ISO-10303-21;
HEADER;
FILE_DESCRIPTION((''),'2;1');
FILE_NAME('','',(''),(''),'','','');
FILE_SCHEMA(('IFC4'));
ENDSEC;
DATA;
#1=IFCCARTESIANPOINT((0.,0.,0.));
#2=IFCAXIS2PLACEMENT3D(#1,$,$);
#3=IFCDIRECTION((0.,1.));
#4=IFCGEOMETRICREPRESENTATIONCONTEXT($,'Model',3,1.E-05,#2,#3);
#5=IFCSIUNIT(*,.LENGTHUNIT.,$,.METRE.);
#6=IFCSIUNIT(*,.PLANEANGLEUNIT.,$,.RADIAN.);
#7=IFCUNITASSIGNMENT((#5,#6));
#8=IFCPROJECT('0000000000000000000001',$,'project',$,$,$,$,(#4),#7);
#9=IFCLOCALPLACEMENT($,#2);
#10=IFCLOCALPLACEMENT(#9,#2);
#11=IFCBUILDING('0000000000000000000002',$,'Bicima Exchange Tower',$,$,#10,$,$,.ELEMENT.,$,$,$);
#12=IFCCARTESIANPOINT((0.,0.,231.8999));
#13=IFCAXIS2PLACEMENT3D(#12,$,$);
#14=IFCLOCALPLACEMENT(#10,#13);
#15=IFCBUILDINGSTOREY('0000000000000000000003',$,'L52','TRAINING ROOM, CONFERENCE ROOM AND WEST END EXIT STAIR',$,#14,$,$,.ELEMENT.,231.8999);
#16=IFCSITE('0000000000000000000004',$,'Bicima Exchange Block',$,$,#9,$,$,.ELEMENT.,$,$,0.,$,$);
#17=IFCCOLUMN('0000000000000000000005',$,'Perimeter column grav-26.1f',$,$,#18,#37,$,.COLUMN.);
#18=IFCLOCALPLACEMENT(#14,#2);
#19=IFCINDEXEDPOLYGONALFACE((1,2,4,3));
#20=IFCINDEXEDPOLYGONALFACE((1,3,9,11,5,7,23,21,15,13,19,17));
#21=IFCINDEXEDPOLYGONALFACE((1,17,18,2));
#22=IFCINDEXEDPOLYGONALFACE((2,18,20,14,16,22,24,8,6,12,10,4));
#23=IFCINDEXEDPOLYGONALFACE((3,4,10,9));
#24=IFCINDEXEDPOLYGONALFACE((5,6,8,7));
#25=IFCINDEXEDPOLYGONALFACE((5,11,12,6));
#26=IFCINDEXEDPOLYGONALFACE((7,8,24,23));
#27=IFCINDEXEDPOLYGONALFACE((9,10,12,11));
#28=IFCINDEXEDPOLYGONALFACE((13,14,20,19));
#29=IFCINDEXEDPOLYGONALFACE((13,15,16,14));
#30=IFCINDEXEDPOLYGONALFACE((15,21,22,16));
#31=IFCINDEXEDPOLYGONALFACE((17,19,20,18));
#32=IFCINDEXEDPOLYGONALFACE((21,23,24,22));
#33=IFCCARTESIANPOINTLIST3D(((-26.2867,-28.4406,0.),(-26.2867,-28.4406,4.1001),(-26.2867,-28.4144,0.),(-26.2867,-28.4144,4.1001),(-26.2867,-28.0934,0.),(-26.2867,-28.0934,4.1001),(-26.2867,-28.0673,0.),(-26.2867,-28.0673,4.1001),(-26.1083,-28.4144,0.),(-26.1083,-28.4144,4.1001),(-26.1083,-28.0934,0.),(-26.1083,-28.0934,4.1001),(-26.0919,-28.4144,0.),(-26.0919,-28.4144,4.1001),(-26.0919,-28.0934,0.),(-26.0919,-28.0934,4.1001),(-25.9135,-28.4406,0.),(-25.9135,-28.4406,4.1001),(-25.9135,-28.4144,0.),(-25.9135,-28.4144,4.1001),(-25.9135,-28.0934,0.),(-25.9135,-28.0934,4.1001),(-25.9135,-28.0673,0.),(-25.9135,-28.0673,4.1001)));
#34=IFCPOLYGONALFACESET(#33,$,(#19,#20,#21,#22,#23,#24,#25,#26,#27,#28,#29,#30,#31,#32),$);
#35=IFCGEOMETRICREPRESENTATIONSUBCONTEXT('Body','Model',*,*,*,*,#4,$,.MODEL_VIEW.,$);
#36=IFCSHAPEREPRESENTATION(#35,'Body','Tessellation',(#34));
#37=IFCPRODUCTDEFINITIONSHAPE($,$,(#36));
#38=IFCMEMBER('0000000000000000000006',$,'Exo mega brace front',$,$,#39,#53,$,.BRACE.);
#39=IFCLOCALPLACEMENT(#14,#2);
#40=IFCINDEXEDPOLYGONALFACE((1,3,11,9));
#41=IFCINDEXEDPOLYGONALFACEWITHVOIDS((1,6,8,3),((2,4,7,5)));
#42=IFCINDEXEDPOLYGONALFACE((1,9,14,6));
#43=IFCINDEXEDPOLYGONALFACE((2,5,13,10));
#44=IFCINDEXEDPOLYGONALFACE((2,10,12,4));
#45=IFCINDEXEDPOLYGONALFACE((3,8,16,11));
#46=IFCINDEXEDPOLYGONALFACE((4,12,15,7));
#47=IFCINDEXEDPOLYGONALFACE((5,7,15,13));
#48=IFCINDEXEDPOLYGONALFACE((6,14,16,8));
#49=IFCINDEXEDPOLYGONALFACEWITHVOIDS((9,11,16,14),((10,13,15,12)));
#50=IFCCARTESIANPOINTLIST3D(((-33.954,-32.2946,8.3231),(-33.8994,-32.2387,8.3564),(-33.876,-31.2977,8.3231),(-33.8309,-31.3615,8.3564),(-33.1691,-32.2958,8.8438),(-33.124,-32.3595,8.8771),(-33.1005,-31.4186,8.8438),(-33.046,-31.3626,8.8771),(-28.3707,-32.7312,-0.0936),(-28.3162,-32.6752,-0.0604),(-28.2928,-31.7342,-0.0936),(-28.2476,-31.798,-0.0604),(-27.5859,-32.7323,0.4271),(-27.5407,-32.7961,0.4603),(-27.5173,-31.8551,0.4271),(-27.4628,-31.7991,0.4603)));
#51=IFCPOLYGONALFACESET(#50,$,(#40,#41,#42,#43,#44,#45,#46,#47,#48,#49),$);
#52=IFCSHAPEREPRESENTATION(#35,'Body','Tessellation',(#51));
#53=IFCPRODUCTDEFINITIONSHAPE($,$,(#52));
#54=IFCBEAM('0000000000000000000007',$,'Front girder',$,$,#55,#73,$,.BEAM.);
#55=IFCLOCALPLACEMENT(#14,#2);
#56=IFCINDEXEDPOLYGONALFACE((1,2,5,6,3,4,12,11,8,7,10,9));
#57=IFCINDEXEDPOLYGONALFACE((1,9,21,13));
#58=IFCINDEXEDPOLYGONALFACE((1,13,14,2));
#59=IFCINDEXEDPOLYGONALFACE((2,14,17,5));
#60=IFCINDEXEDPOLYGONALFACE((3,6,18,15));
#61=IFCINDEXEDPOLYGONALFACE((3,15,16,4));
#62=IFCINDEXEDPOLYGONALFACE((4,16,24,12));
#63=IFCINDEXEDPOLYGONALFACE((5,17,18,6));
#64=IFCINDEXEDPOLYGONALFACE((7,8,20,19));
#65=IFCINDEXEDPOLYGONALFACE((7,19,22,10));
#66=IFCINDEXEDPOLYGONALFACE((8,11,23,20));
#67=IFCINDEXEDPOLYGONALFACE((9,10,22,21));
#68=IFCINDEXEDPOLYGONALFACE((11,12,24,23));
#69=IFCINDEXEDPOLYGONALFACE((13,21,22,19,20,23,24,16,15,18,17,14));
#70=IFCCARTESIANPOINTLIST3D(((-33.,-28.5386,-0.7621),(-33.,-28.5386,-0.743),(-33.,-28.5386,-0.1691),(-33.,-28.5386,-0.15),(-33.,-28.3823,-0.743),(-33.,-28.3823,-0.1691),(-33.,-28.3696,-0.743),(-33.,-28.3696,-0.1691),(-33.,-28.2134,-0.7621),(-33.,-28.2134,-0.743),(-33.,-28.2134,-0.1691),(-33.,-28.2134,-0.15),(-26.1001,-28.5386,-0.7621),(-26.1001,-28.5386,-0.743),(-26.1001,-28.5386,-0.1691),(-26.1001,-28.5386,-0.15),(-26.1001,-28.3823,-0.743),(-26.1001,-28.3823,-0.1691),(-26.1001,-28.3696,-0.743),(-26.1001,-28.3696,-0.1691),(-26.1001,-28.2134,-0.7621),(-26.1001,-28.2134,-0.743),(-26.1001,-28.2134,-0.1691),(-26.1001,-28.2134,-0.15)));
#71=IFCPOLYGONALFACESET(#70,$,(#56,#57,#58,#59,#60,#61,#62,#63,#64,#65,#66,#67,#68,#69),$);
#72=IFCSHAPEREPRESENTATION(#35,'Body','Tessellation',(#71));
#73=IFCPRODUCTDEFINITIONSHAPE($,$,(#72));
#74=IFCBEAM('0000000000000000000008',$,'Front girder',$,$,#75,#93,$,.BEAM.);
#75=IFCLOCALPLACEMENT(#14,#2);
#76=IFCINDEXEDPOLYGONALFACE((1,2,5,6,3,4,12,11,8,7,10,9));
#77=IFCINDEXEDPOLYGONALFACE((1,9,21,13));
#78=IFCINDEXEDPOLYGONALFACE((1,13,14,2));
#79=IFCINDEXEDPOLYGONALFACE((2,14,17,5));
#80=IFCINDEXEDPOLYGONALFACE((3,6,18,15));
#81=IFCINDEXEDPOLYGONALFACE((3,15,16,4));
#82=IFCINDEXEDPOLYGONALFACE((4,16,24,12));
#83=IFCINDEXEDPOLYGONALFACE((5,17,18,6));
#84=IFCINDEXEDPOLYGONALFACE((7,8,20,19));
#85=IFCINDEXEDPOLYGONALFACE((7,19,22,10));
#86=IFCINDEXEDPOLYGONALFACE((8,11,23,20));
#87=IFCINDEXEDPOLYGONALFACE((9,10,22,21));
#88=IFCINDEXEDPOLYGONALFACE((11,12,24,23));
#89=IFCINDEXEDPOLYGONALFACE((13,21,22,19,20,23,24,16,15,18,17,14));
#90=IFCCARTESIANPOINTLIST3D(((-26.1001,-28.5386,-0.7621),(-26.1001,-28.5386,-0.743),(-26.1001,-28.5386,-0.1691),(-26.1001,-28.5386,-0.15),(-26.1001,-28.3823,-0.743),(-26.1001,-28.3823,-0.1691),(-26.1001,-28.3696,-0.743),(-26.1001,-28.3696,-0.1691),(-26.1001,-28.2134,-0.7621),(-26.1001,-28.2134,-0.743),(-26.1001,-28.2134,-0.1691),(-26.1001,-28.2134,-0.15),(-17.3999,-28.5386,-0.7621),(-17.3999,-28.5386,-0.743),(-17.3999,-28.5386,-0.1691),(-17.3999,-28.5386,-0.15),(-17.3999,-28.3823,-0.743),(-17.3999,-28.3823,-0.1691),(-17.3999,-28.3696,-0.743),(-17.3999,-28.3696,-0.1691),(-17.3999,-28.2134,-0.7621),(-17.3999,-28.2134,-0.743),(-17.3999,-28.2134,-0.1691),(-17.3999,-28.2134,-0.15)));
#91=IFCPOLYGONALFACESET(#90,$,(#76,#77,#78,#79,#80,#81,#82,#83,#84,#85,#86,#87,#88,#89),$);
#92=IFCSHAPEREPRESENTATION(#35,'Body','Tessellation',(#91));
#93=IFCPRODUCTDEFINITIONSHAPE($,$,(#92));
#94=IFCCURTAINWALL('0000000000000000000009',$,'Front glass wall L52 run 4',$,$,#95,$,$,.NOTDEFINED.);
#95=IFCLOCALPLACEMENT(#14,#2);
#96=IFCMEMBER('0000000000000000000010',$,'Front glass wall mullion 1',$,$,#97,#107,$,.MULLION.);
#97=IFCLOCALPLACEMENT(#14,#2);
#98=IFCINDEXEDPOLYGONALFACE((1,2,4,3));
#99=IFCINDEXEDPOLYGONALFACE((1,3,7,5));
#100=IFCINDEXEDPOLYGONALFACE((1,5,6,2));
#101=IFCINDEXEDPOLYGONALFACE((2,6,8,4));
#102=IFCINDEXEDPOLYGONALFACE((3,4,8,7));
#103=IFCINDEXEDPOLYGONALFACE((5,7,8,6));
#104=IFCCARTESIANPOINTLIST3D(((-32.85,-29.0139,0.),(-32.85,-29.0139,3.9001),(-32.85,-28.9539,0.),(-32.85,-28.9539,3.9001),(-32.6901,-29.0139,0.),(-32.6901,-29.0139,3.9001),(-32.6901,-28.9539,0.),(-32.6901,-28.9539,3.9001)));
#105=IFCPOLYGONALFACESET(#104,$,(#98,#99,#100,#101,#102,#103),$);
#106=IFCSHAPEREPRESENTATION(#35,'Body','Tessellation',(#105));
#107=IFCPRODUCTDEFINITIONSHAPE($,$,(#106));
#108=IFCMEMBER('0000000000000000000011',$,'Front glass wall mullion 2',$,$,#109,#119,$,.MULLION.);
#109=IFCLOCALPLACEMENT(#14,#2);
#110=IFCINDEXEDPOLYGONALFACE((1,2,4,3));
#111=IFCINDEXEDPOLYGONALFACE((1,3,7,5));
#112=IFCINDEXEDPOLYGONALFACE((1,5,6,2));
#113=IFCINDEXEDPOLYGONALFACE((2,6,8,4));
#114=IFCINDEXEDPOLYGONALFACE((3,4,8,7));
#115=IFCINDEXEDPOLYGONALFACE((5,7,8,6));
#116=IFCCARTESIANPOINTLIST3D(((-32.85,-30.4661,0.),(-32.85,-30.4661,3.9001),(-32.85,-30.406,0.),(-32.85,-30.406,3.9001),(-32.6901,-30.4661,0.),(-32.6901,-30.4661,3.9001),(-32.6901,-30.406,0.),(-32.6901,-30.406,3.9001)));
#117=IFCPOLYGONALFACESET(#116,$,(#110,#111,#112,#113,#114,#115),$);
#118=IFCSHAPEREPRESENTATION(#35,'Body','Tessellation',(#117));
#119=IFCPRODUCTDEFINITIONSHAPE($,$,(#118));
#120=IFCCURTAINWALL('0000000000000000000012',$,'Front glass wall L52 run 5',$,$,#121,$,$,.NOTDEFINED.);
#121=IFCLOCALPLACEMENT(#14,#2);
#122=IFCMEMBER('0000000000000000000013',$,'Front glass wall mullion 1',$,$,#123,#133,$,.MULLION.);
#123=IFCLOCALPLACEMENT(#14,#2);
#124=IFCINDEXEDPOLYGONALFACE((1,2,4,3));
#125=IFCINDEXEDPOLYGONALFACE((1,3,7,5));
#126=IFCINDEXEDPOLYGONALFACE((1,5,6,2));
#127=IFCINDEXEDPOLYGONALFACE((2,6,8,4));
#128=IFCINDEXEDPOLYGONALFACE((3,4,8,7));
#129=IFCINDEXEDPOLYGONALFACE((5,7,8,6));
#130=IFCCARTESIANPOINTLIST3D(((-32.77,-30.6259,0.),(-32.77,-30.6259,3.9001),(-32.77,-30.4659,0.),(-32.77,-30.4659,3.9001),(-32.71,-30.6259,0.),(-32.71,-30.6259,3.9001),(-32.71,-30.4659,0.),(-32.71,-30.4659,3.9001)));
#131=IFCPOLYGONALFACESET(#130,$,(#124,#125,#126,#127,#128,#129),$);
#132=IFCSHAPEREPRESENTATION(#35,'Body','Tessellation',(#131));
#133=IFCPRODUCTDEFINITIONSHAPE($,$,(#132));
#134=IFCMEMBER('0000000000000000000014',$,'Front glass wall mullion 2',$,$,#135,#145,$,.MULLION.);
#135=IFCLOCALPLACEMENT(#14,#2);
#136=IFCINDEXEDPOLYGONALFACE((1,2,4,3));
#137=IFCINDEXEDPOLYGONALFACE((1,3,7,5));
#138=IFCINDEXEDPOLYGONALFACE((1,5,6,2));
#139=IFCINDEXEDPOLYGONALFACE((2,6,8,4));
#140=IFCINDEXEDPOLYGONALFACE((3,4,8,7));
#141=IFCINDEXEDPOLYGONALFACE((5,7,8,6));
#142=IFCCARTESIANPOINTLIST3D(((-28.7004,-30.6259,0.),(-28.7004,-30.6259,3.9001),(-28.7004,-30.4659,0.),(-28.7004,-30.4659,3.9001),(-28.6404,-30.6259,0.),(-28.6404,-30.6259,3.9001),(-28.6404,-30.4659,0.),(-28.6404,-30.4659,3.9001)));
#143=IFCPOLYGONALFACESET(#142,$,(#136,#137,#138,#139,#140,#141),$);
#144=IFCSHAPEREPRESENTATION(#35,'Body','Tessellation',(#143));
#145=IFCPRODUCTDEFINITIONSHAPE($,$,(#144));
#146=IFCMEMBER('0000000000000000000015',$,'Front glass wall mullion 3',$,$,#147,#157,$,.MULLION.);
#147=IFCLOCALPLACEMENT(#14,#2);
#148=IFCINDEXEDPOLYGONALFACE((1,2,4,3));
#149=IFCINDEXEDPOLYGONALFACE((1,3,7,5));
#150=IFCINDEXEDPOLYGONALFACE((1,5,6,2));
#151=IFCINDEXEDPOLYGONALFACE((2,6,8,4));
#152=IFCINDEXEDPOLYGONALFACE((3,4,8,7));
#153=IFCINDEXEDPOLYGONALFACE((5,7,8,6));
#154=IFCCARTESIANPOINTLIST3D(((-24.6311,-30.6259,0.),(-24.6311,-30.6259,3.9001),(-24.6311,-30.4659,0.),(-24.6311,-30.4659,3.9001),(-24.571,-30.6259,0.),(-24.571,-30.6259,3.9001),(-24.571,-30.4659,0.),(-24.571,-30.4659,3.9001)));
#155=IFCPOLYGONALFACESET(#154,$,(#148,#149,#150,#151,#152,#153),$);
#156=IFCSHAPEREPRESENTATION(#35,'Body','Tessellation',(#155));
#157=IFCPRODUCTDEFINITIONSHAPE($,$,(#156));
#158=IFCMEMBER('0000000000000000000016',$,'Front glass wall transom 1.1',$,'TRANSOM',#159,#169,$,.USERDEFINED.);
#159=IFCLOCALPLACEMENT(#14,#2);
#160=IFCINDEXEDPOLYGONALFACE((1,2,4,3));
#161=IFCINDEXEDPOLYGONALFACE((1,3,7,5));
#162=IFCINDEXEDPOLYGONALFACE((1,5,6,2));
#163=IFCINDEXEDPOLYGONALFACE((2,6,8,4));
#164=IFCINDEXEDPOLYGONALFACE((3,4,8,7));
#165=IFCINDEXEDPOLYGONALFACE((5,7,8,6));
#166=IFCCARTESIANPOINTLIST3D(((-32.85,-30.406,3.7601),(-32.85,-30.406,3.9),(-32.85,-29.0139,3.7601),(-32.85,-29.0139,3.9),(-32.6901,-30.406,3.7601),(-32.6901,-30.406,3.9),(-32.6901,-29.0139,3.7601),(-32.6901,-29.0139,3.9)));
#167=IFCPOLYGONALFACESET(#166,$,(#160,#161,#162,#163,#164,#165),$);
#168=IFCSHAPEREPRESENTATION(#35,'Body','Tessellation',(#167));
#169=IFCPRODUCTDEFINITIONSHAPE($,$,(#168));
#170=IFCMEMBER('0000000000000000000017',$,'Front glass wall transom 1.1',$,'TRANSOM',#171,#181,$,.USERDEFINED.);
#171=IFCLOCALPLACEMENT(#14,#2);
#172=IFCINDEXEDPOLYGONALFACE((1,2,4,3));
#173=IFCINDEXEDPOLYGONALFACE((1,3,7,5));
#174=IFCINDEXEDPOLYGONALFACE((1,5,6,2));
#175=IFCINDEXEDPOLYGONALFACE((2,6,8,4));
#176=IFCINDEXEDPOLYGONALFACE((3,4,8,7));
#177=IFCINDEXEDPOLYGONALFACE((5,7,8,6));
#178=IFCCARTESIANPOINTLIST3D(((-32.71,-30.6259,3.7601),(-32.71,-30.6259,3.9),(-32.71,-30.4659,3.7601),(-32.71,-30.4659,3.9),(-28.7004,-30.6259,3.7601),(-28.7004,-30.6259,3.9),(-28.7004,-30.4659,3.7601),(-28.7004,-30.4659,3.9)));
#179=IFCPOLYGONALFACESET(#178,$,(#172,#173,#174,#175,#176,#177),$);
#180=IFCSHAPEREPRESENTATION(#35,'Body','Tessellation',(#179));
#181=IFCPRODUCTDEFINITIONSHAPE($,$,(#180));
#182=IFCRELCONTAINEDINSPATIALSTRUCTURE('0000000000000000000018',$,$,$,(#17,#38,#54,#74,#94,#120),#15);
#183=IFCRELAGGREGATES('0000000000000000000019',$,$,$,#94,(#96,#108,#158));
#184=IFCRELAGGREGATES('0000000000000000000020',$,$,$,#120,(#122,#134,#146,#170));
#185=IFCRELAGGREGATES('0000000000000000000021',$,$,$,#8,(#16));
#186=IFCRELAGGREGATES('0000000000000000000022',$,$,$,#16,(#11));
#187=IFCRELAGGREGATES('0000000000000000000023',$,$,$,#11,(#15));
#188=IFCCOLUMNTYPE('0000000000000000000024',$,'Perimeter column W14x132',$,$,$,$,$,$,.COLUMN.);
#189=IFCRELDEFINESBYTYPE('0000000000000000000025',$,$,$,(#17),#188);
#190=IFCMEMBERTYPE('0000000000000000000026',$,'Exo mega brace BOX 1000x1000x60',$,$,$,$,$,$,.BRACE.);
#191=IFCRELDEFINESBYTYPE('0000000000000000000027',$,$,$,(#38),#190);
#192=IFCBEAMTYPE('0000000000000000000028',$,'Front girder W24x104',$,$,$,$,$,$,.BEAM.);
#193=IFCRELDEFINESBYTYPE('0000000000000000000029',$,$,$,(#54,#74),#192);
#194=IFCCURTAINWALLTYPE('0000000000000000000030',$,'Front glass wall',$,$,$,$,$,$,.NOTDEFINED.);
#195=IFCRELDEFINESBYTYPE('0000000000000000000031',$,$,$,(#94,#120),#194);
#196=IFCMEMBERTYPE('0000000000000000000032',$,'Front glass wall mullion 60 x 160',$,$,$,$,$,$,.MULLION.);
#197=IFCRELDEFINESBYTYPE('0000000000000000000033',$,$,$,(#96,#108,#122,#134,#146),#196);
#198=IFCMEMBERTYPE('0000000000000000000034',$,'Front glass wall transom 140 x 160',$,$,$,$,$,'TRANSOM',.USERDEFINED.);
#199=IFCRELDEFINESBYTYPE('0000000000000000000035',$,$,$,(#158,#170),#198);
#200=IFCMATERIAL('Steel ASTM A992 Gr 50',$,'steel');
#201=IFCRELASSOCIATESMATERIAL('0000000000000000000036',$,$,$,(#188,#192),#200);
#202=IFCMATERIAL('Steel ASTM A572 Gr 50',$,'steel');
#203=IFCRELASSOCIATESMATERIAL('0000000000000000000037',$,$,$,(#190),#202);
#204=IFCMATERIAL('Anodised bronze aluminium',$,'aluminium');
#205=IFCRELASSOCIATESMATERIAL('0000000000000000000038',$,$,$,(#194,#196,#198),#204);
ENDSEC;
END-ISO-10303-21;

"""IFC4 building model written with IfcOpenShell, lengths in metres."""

from ifc_helpers import new_model, si_unit, direction, frame, origin, origin_2d, place, context, subcontext, project, spatial, rectangle, hollow_rectangle, i_section, extrude, material, material_profile, profile_set, type_object, element, aggregate, save


model = new_model("IFC4")

# Units and contexts
model_context = context("Model", 3, precision=1e-05, world=origin(), true_north=direction((0.0, 1.0)))
body_context = subcontext(model_context, "Body", "Model", "MODEL_VIEW")
ifc_project = project(units=[si_unit("LENGTHUNIT", "METRE"), si_unit("PLANEANGLEUNIT", "RADIAN")], contexts=[model_context])

# Site, building, storey
site_placement = place(None, origin())
site = spatial("IfcSite", under=ifc_project, at=site_placement, Name="Bicima Exchange Block", CompositionType="ELEMENT", RefElevation=0.0)
building_placement = place(site_placement, origin())
building = spatial("IfcBuilding", under=site, at=building_placement, Name="Bicima Exchange Tower", CompositionType="ELEMENT")
storey_placement = place(building_placement, frame((0.0, 0.0, 231.8999)))
storey = spatial("IfcBuildingStorey", under=building, at=storey_placement, Name="L52", Description="TRAINING ROOM, CONFERENCE ROOM AND WEST END EXIT STAIR", CompositionType="ELEMENT", Elevation=231.8999)

# Column
ifc_material_1 = material(Name="Steel ASTM A992 Gr 50", Category="steel")
ifc_material_profile_1 = material_profile(ifc_material_1, i_section(OverallWidth=0.3733, OverallDepth=0.3733, WebThickness=0.0164, FlangeThickness=0.0261, at=origin_2d()))
ifc_profile_set_1 = profile_set([ifc_material_profile_1], Name="Steel ASTM A992 Gr 50")
column_type = type_object("IfcColumnType", Name="Perimeter column W14x132", PredefinedType="COLUMN", material=ifc_profile_set_1)
column_placement = place(storey_placement, frame((-26.1001, -28.2539, 0.0), z_axis=(0.0, 0.0, 1.0), x_axis=(1.0, 0.0, 0.0)))
element("IfcColumn", 1, at=column_placement, inside=storey, type_object=column_type, Name="Perimeter column grav-26.1f", PredefinedType="COLUMN", context=body_context, shape_type="SweptSolid", body=[
    extrude(i_section(OverallWidth=0.3733, OverallDepth=0.3733, WebThickness=0.0164, FlangeThickness=0.0261, at=origin_2d()), origin(), (0.0, 0.0, 1.0), 4.1001),
])

# Member
ifc_material_2 = material(Name="Steel ASTM A572 Gr 50", Category="steel")
ifc_material_profile_2 = material_profile(ifc_material_2, hollow_rectangle(XDim=1.0, YDim=1.0, WallThickness=0.0601, at=origin_2d()))
ifc_profile_set_2 = profile_set([ifc_material_profile_2], Name="Steel ASTM A572 Gr 50")
member_type_1 = type_object("IfcMemberType", Name="Exo mega brace BOX 1000x1000x60", PredefinedType="BRACE", material=ifc_profile_set_2)
member_1_placement = place(storey_placement, frame((-27.9167, -32.2651, 0.1833), z_axis=(-0.55227, 0.043179, 0.832546), x_axis=(-0.077947, -0.996958, 0.0)))
element("IfcMember", 2, at=member_1_placement, inside=storey, type_object=member_type_1, Name="Exo mega brace front", PredefinedType="BRACE", context=body_context, shape_type="SweptSolid", body=[
    extrude(hollow_rectangle(XDim=1.0, YDim=1.0, WallThickness=0.0601, at=origin_2d()), origin(), (0.0, 0.0, 1.0), 10.1096),
])

# Beams
ifc_material_profile_3 = material_profile(ifc_material_1, i_section(OverallWidth=0.3252, OverallDepth=0.6121, WebThickness=0.0127, FlangeThickness=0.019, at=origin_2d()))
ifc_profile_set_3 = profile_set([ifc_material_profile_3], Name="Steel ASTM A992 Gr 50")
beam_type = type_object("IfcBeamType", Name="Front girder W24x104", PredefinedType="BEAM", material=ifc_profile_set_3)
beam_1_placement = place(storey_placement, frame((-33.0, -28.376, -0.4561), z_axis=(1.0, 0.0, 0.0), x_axis=(0.0, 1.0, 0.0)))
element("IfcBeam", 3, at=beam_1_placement, inside=storey, type_object=beam_type, Name="Front girder", PredefinedType="BEAM", context=body_context, shape_type="SweptSolid", body=[
    extrude(i_section(OverallWidth=0.3252, OverallDepth=0.6121, WebThickness=0.0127, FlangeThickness=0.019, at=origin_2d()), origin(), (0.0, 0.0, 1.0), 6.8999),
])
beam_2_placement = place(storey_placement, frame((-26.1001, -28.376, -0.4561), z_axis=(1.0, 0.0, 0.0), x_axis=(0.0, 1.0, 0.0)))
element("IfcBeam", 4, at=beam_2_placement, inside=storey, type_object=beam_type, Name="Front girder", PredefinedType="BEAM", context=body_context, shape_type="SweptSolid", body=[
    extrude(i_section(OverallWidth=0.3252, OverallDepth=0.6121, WebThickness=0.0127, FlangeThickness=0.019, at=origin_2d()), origin(), (0.0, 0.0, 1.0), 8.7002),
])

# Curtain walls, members
ifc_material_3 = material(Name="Anodised bronze aluminium", Category="aluminium")
curtain_wall_type = type_object("IfcCurtainWallType", Name="Front glass wall", PredefinedType="NOTDEFINED", material=ifc_material_3)
curtain_wall_1_placement = place(storey_placement, origin())
curtain_wall_1 = element("IfcCurtainWall", 5, at=curtain_wall_1_placement, inside=storey, type_object=curtain_wall_type, Name="Front glass wall L52 run 4", PredefinedType="NOTDEFINED")
ifc_material_profile_4 = material_profile(ifc_material_3, rectangle(XDim=0.1599, YDim=0.0601, at=origin_2d()))
ifc_profile_set_4 = profile_set([ifc_material_profile_4], Name="Anodised bronze aluminium")
member_type_2 = type_object("IfcMemberType", Name="Front glass wall mullion 60 x 160", PredefinedType="MULLION", material=ifc_profile_set_4)
member_2_placement = place(storey_placement, frame((-32.77, -28.9839, 0.0), z_axis=(0.0, 0.0, 1.0), x_axis=(1.0, 0.0, 0.0)))
member_2 = element("IfcMember", 6, at=member_2_placement, type_object=member_type_2, Name="Front glass wall mullion 1", PredefinedType="MULLION", context=body_context, shape_type="SweptSolid", body=[
    extrude(rectangle(XDim=0.1599, YDim=0.0601, at=origin_2d()), origin(), (0.0, 0.0, 1.0), 3.9001),
])
member_3_placement = place(storey_placement, frame((-32.77, -30.436, 0.0), z_axis=(0.0, 0.0, 1.0), x_axis=(1.0, 0.0, 0.0)))
member_3 = element("IfcMember", 7, at=member_3_placement, type_object=member_type_2, Name="Front glass wall mullion 2", PredefinedType="MULLION", context=body_context, shape_type="SweptSolid", body=[
    extrude(rectangle(XDim=0.1599, YDim=0.0601, at=origin_2d()), origin(), (0.0, 0.0, 1.0), 3.9001),
])
curtain_wall_2_placement = place(storey_placement, origin())
curtain_wall_2 = element("IfcCurtainWall", 8, at=curtain_wall_2_placement, inside=storey, type_object=curtain_wall_type, Name="Front glass wall L52 run 5", PredefinedType="NOTDEFINED")
member_4_placement = place(storey_placement, frame((-32.74, -30.5459, 0.0), z_axis=(0.0, 0.0, 1.0), x_axis=(0.0, 1.0, 0.0)))
member_4 = element("IfcMember", 9, at=member_4_placement, type_object=member_type_2, Name="Front glass wall mullion 1", PredefinedType="MULLION", context=body_context, shape_type="SweptSolid", body=[
    extrude(rectangle(XDim=0.1599, YDim=0.0601, at=origin_2d()), origin(), (0.0, 0.0, 1.0), 3.9001),
])
member_5_placement = place(storey_placement, frame((-28.6704, -30.5459, 0.0), z_axis=(0.0, 0.0, 1.0), x_axis=(0.0, 1.0, 0.0)))
member_5 = element("IfcMember", 10, at=member_5_placement, type_object=member_type_2, Name="Front glass wall mullion 2", PredefinedType="MULLION", context=body_context, shape_type="SweptSolid", body=[
    extrude(rectangle(XDim=0.1599, YDim=0.0601, at=origin_2d()), origin(), (0.0, 0.0, 1.0), 3.9001),
])
member_6_placement = place(storey_placement, frame((-24.6011, -30.5459, 0.0), z_axis=(0.0, 0.0, 1.0), x_axis=(0.0, 1.0, 0.0)))
member_6 = element("IfcMember", 11, at=member_6_placement, type_object=member_type_2, Name="Front glass wall mullion 3", PredefinedType="MULLION", context=body_context, shape_type="SweptSolid", body=[
    extrude(rectangle(XDim=0.1599, YDim=0.0601, at=origin_2d()), origin(), (0.0, 0.0, 1.0), 3.9001),
])

# Members
ifc_material_profile_5 = material_profile(ifc_material_3, rectangle(XDim=0.1599, YDim=0.1399, at=origin_2d()))
ifc_profile_set_5 = profile_set([ifc_material_profile_5], Name="Anodised bronze aluminium")
member_type_3 = type_object("IfcMemberType", Name="Front glass wall transom 140 x 160", ElementType="TRANSOM", PredefinedType="USERDEFINED", material=ifc_profile_set_5)
member_7_placement = place(storey_placement, frame((-32.77, -29.0139, 3.8301), z_axis=(0.0, -1.0, 0.0), x_axis=(1.0, 0.0, 0.0)))
member_7 = element("IfcMember", 12, at=member_7_placement, type_object=member_type_3, Name="Front glass wall transom 1.1", ObjectType="TRANSOM", PredefinedType="USERDEFINED", context=body_context, shape_type="SweptSolid", body=[
    extrude(rectangle(XDim=0.1599, YDim=0.1399, at=origin_2d()), origin(), (0.0, 0.0, 1.0), 1.3921),
])
member_8_placement = place(storey_placement, frame((-32.71, -30.5459, 3.8301), z_axis=(1.0, 0.0, 0.0), x_axis=(0.0, 1.0, 0.0)))
member_8 = element("IfcMember", 13, at=member_8_placement, type_object=member_type_3, Name="Front glass wall transom 1.1", ObjectType="TRANSOM", PredefinedType="USERDEFINED", context=body_context, shape_type="SweptSolid", body=[
    extrude(rectangle(XDim=0.1599, YDim=0.1399, at=origin_2d()), origin(), (0.0, 0.0, 1.0), 4.0095),
])

aggregate(curtain_wall_1, [member_2, member_3, member_7])
aggregate(curtain_wall_2, [member_4, member_5, member_6, member_8])

save(model, "model.ifc")
